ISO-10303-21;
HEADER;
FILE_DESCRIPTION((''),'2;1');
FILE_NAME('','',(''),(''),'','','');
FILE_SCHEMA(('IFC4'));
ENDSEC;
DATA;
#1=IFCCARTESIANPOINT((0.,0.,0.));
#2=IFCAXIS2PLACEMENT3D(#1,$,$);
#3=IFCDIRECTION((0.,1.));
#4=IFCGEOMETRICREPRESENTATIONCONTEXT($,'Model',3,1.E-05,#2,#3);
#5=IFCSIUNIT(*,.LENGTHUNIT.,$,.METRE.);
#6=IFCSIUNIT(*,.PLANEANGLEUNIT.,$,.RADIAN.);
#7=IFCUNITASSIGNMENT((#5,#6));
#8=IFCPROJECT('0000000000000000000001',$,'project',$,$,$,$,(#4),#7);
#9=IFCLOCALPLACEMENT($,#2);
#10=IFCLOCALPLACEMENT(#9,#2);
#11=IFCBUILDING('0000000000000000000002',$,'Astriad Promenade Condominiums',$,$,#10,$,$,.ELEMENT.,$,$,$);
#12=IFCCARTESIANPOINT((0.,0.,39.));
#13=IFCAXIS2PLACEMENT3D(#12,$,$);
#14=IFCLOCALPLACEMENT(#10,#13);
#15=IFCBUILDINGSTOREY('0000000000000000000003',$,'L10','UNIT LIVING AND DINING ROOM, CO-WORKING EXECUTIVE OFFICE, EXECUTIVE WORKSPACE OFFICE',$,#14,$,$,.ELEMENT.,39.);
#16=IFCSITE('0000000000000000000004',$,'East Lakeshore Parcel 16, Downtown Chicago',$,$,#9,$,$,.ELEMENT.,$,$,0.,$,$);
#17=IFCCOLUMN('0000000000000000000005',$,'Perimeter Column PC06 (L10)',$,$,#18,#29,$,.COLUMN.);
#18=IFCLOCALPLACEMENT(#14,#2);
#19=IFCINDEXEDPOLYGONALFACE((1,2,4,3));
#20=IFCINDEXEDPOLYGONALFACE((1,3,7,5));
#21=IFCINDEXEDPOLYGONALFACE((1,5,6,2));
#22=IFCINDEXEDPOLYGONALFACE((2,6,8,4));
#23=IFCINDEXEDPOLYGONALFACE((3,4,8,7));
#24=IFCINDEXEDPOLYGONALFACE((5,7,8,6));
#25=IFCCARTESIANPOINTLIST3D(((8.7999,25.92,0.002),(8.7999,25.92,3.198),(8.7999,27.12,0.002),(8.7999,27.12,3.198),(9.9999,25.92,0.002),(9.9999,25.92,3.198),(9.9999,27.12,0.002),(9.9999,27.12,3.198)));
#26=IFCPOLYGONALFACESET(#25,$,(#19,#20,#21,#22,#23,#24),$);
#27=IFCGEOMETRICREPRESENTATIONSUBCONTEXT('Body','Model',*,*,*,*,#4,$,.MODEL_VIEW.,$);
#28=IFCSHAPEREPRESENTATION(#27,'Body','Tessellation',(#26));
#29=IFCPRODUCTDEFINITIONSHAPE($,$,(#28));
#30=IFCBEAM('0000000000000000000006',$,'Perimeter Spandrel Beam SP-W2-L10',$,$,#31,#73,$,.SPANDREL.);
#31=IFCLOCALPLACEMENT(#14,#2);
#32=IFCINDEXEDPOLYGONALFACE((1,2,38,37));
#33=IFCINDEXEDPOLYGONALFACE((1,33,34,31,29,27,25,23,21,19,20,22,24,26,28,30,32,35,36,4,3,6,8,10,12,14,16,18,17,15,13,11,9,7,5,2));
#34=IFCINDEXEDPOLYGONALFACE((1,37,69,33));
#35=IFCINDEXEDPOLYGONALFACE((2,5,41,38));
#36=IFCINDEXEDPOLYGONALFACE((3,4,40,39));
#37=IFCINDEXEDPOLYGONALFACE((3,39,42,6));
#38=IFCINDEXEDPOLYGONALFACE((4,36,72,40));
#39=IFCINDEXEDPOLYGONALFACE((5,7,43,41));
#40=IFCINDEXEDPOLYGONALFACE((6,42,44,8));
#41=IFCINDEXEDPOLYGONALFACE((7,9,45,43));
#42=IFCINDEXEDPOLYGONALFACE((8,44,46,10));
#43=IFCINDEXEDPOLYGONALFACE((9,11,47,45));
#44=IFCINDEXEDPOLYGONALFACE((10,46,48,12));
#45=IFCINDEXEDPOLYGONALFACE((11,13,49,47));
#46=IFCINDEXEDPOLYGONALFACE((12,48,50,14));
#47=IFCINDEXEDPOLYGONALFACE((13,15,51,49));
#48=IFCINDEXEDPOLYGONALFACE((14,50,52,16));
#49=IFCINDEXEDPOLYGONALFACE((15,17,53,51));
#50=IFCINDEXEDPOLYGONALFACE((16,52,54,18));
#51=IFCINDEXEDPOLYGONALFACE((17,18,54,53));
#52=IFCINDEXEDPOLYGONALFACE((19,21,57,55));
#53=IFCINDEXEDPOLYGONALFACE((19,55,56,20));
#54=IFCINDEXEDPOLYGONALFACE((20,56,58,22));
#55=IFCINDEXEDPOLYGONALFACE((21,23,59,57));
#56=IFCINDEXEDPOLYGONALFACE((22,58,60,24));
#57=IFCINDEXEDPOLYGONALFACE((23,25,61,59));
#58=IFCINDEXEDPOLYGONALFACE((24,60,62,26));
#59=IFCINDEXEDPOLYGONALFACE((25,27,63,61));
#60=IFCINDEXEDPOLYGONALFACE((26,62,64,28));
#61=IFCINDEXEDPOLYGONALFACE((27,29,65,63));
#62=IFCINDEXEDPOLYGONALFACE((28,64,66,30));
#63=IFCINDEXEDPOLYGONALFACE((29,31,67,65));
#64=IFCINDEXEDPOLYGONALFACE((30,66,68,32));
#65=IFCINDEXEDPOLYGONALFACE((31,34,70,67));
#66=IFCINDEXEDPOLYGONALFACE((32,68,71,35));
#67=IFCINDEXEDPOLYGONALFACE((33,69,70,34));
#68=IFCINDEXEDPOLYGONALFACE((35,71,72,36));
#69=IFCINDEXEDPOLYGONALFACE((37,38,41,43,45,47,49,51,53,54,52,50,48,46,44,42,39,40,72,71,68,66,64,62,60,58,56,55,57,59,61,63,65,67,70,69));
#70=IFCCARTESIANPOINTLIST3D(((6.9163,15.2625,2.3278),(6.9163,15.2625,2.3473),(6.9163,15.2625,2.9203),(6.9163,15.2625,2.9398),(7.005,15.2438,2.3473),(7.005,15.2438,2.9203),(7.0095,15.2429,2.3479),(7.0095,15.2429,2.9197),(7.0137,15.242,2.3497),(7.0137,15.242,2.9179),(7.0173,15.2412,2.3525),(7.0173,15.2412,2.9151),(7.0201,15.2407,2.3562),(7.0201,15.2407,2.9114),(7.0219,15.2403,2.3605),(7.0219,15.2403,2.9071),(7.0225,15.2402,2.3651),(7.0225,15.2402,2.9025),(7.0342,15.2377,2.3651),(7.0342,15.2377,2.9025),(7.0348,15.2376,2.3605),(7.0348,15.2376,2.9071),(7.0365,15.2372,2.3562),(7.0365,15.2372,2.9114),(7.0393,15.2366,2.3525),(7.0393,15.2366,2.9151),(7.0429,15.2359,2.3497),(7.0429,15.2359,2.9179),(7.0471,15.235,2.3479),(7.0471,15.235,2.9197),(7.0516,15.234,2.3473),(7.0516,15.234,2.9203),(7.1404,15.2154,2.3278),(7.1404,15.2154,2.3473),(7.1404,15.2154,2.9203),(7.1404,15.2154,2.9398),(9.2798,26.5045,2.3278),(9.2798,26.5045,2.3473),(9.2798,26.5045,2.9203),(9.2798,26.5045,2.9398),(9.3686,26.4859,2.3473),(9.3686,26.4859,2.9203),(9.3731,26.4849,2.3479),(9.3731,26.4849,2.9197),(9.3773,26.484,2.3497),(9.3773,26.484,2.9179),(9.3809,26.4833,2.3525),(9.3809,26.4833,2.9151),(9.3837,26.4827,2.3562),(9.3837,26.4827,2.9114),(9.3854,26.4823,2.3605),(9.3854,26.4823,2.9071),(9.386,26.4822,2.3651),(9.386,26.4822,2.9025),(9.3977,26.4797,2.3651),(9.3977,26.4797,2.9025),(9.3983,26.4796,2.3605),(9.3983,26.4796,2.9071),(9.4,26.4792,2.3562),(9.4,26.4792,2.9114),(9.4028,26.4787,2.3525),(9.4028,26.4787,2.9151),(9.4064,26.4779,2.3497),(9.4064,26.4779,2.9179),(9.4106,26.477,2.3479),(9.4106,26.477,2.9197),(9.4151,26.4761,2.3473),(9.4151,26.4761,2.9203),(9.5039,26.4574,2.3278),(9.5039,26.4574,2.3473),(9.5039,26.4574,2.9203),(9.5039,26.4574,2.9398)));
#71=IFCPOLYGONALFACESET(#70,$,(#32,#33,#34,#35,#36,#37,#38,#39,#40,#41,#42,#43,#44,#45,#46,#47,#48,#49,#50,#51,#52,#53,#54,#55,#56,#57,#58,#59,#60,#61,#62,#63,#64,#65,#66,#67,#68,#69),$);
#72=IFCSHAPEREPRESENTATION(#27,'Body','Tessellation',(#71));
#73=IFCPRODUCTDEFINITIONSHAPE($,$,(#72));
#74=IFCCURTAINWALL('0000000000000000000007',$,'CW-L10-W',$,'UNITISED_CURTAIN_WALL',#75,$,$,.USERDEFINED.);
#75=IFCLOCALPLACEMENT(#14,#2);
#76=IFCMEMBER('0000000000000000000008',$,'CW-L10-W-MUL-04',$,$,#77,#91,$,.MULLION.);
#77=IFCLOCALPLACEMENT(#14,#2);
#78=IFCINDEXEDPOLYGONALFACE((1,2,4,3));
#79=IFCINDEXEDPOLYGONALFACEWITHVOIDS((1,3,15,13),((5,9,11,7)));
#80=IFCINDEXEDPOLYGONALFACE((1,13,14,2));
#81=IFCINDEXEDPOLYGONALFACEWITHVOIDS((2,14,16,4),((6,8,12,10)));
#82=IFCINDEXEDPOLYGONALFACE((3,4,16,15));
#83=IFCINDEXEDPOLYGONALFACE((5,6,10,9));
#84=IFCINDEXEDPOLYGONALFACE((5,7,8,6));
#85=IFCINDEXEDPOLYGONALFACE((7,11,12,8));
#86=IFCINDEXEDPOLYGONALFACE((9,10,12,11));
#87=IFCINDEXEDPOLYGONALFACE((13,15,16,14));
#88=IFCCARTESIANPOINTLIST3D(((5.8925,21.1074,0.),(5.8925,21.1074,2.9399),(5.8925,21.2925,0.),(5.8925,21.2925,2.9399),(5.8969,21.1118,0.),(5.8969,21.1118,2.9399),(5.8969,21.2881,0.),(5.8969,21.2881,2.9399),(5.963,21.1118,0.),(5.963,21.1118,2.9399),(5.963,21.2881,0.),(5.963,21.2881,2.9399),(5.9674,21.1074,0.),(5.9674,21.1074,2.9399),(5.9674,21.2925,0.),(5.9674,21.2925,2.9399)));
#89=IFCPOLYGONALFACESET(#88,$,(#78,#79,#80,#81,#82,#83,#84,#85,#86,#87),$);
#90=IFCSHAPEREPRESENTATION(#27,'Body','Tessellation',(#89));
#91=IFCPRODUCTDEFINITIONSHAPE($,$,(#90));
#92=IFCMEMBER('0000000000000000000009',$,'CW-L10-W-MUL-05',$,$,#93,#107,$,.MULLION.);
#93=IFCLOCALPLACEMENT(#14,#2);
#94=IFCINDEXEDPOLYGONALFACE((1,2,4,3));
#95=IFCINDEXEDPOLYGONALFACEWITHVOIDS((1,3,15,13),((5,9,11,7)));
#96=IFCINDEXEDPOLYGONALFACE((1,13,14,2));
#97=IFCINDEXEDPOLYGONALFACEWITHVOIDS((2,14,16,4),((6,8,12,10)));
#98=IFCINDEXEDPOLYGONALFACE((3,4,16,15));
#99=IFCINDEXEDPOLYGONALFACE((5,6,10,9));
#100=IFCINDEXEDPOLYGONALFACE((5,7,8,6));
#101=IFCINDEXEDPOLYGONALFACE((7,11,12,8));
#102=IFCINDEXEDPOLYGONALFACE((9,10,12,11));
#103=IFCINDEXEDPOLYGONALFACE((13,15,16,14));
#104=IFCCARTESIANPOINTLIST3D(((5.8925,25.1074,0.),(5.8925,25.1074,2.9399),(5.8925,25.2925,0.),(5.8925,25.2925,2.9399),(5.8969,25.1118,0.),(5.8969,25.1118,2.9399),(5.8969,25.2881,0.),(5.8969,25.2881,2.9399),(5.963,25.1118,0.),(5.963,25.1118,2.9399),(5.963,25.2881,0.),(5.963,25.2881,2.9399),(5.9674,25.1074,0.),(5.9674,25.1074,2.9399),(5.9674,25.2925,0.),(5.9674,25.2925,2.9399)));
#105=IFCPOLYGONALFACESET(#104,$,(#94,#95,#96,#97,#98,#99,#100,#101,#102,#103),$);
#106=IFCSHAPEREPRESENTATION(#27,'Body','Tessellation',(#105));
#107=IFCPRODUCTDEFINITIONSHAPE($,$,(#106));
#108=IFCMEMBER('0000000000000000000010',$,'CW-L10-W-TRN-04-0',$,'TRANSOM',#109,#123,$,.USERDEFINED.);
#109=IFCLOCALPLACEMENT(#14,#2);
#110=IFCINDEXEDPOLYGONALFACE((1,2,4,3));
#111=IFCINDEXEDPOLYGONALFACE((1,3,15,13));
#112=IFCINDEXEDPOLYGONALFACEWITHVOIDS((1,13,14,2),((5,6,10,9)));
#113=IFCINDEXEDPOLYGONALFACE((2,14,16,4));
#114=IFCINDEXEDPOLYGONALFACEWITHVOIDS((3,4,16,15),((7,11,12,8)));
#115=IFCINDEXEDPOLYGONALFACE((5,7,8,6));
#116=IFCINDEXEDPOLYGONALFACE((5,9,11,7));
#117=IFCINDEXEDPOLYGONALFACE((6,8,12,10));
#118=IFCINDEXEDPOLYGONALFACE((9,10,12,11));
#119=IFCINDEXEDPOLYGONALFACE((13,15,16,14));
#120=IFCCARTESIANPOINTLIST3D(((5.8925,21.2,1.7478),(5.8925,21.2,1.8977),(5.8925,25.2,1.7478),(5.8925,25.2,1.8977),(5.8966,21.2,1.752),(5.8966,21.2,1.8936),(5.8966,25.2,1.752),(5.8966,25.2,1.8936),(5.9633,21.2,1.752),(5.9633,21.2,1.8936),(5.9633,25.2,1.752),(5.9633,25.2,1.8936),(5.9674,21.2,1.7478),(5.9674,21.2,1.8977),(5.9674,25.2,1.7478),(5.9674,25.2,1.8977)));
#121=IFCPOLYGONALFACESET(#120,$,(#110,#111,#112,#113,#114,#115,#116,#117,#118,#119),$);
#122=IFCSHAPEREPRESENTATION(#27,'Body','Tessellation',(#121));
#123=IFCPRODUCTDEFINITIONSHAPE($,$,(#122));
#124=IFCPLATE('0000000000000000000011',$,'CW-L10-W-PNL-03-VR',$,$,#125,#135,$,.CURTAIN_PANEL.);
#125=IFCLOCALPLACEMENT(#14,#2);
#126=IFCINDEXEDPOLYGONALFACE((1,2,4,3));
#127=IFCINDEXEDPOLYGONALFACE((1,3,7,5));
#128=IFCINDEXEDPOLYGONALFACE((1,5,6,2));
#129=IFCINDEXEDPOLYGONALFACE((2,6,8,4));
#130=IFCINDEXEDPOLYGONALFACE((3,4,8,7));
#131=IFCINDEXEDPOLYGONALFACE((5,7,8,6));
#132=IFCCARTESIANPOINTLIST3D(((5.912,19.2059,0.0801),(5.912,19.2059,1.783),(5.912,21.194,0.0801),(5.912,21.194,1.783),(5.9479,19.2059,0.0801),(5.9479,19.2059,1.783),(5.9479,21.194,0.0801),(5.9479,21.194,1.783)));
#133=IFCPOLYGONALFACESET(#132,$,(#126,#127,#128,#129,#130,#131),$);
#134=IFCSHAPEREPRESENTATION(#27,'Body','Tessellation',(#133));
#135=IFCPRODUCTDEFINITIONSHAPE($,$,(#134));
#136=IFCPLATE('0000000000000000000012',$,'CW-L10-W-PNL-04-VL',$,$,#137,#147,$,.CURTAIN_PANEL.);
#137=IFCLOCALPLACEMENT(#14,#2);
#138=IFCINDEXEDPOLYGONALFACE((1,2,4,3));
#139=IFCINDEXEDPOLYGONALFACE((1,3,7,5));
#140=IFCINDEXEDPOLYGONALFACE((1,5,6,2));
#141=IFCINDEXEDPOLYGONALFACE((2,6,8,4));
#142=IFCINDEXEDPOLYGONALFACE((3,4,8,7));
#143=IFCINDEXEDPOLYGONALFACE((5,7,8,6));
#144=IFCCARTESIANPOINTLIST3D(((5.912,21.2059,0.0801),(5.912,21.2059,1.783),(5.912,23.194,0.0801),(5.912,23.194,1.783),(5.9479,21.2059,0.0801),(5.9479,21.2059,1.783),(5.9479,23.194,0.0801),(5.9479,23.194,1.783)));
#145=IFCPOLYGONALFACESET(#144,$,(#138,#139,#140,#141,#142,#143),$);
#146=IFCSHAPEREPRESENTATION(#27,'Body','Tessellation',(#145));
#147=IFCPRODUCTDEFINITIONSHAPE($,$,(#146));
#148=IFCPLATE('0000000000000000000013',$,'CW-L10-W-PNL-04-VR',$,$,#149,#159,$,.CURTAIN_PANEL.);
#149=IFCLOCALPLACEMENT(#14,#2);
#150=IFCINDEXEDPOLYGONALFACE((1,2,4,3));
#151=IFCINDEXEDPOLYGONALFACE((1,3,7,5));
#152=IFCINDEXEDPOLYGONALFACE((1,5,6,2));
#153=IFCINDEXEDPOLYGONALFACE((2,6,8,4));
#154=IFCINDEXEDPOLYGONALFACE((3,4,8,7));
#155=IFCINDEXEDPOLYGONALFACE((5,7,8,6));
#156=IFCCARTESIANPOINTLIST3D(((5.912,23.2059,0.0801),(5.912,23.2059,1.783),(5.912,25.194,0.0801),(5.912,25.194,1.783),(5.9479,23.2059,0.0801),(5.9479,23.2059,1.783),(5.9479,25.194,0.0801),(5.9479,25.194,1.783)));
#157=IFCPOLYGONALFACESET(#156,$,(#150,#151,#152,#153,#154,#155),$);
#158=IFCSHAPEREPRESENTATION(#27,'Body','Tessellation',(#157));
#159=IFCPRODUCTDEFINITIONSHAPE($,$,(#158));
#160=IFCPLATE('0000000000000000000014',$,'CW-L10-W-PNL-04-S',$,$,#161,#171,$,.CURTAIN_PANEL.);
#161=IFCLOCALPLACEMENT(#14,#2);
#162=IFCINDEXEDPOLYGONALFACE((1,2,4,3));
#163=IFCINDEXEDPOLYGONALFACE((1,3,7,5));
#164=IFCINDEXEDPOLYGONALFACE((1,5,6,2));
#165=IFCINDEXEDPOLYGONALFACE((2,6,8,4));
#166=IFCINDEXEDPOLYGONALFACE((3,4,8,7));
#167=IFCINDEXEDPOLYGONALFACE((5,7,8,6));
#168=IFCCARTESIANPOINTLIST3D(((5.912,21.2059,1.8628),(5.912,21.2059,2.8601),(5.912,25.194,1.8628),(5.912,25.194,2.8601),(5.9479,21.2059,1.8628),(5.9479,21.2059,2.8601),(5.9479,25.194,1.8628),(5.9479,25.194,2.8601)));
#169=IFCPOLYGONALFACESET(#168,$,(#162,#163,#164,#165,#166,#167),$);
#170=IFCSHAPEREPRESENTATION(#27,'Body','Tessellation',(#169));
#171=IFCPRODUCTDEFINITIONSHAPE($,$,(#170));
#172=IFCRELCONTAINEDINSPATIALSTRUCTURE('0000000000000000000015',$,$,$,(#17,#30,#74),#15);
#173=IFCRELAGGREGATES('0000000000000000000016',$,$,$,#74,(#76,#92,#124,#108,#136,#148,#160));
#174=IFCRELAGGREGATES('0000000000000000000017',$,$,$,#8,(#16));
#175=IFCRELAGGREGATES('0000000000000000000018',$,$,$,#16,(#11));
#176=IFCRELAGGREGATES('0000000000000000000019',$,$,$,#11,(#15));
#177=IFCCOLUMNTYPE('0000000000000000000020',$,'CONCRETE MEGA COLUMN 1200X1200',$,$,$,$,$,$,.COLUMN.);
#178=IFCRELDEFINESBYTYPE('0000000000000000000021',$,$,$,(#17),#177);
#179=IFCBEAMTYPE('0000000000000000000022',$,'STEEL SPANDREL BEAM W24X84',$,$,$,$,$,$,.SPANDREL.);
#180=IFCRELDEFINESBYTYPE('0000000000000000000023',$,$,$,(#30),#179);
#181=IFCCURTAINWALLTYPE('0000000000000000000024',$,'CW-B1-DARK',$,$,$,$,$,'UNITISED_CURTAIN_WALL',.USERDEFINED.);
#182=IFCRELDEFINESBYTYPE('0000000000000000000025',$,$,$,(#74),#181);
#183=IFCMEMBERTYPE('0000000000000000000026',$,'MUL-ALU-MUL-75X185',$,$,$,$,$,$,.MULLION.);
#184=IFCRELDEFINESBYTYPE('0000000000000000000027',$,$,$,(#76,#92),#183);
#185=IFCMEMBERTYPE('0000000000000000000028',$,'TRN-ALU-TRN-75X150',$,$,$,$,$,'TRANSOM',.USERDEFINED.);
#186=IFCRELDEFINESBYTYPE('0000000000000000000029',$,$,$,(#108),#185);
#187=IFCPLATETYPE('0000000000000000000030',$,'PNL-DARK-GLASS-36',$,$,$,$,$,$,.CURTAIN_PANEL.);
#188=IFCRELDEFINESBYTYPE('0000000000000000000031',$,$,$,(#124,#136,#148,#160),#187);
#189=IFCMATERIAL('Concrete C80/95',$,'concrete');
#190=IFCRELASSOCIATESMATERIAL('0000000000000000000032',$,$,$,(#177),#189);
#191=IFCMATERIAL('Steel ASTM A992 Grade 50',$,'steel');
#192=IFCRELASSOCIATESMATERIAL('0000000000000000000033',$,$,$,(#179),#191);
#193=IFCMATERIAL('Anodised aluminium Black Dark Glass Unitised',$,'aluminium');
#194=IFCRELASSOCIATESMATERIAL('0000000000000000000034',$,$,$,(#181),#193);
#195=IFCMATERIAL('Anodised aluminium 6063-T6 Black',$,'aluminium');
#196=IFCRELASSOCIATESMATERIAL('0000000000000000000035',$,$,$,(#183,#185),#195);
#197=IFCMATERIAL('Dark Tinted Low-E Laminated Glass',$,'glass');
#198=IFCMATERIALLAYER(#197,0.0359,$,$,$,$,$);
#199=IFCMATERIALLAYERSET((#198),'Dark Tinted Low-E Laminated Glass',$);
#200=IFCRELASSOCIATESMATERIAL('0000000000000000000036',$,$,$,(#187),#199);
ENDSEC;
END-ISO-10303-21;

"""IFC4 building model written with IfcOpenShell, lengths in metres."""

from ifc_helpers import new_model, si_unit, direction, frame, origin, origin_2d, place, context, subcontext, project, spatial, rectangle, hollow_rectangle, i_section, extrude, source, transform, mapped, material, layer, layer_set, material_profile, profile_set, type_object, type_shapes, element, aggregate, save


model = new_model("IFC4")

# Units and contexts
model_context = context("Model", 3, precision=1e-05, world=origin(), true_north=direction((0.0, 1.0)))
body_context = subcontext(model_context, "Body", "Model", "MODEL_VIEW")
ifc_project = project(units=[si_unit("LENGTHUNIT", "METRE"), si_unit("PLANEANGLEUNIT", "RADIAN")], contexts=[model_context])

# Site, building, storey
site_placement = place(None, origin())
site = spatial("IfcSite", under=ifc_project, at=site_placement, Name="East Lakeshore Parcel 16, Downtown Chicago", CompositionType="ELEMENT", RefElevation=0.0)
building_placement = place(site_placement, origin())
building = spatial("IfcBuilding", under=site, at=building_placement, Name="Astriad Promenade Condominiums", CompositionType="ELEMENT")
storey_placement = place(building_placement, frame((0.0, 0.0, 39.0)))
storey = spatial("IfcBuildingStorey", under=building, at=storey_placement, Name="L10", Description="UNIT LIVING AND DINING ROOM, CO-WORKING EXECUTIVE OFFICE, EXECUTIVE WORKSPACE OFFICE", CompositionType="ELEMENT", Elevation=39.0)

# Column
ifc_material_1 = material(Name="Concrete C80/95", Category="concrete")
ifc_material_profile_1 = material_profile(ifc_material_1, rectangle(XDim=1.2, YDim=1.2, at=origin_2d()), Name="RC-COL-1200X1200")
ifc_profile_set_1 = profile_set([ifc_material_profile_1], Name="Concrete C80/95")
column_type = type_object("IfcColumnType", Name="CONCRETE MEGA COLUMN 1200X1200", PredefinedType="COLUMN", material=ifc_profile_set_1)
shared_shape_1 = source(origin(), body_context, "Body", "SweptSolid", [
    extrude(rectangle(XDim=1.2, YDim=1.2, at=origin_2d()), origin(), (0.0, 0.0, 1.0), 3.196),
])
type_shapes(column_type, [shared_shape_1])
column_placement = place(storey_placement, frame((9.3999, 26.52, 0.002), z_axis=(0.0, 0.0, 1.0), x_axis=(1.0, 0.0, 0.0)))
element("IfcColumn", 1, at=column_placement, inside=storey, type_object=column_type, Name="Perimeter Column PC06 (L10)", PredefinedType="COLUMN", context=body_context, shape_type="MappedRepresentation", body=[
    mapped(shared_shape_1, transform((0.0, 0.0, 0.0), scale=1.0)),
])

# Beam
ifc_material_2 = material(Name="Steel ASTM A992 Grade 50", Category="steel")
ifc_material_profile_2 = material_profile(ifc_material_2, i_section(OverallWidth=0.229, OverallDepth=0.6121, WebThickness=0.012, FlangeThickness=0.0195, FilletRadius=0.0178, at=origin_2d()), Name="W24X84")
ifc_profile_set_2 = profile_set([ifc_material_profile_2], Name="Steel ASTM A992 Grade 50")
beam_type = type_object("IfcBeamType", Name="STEEL SPANDREL BEAM W24X84", PredefinedType="SPANDREL", material=ifc_profile_set_2)
shared_shape_2 = source(origin(), body_context, "Body", "SweptSolid", [
    extrude(i_section(OverallWidth=0.229, OverallDepth=0.6121, WebThickness=0.012, FlangeThickness=0.0195, FilletRadius=0.0178, at=origin_2d()), origin(), (0.0, 0.0, 1.0), 11.4878),
])
type_shapes(beam_type, [shared_shape_2])
beam_placement = place(storey_placement, frame((9.3918, 26.481, 2.6338), z_axis=(-0.205744, -0.978606, 0.0), x_axis=(0.978606, -0.205744, 0.0)))
element("IfcBeam", 2, at=beam_placement, inside=storey, type_object=beam_type, Name="Perimeter Spandrel Beam SP-W2-L10", PredefinedType="SPANDREL", context=body_context, shape_type="MappedRepresentation", body=[
    mapped(shared_shape_2, transform((0.0, 0.0, 0.0), scale=1.0)),
])

# Curtain wall, members, plates
ifc_material_3 = material(Name="Anodised aluminium Black Dark Glass Unitised", Category="aluminium")
curtain_wall_type = type_object("IfcCurtainWallType", Name="CW-B1-DARK", ElementType="UNITISED_CURTAIN_WALL", PredefinedType="USERDEFINED", material=ifc_material_3)
curtain_wall_placement = place(storey_placement, origin())
curtain_wall = element("IfcCurtainWall", 3, at=curtain_wall_placement, inside=storey, type_object=curtain_wall_type, Name="CW-L10-W", ObjectType="UNITISED_CURTAIN_WALL", PredefinedType="USERDEFINED")
ifc_material_4 = material(Name="Anodised aluminium 6063-T6 Black", Category="aluminium")
ifc_material_profile_3 = material_profile(ifc_material_4, hollow_rectangle(XDim=0.075, YDim=0.1851, WallThickness=0.0044, at=origin_2d()), Name="ALU-MUL-75X185")
ifc_profile_set_3 = profile_set([ifc_material_profile_3], Name="Anodised aluminium 6063-T6 Black")
member_type_1 = type_object("IfcMemberType", Name="MUL-ALU-MUL-75X185", PredefinedType="MULLION", material=ifc_profile_set_3)
shared_shape_3 = source(origin(), body_context, "Body", "SweptSolid", [
    extrude(hollow_rectangle(XDim=0.075, YDim=0.1851, WallThickness=0.0044, at=origin_2d()), origin(), (0.0, 0.0, 1.0), 2.9399),
])
type_shapes(member_type_1, [shared_shape_3])
member_1_placement = place(storey_placement, frame((5.9299, 21.2, 0.0), z_axis=(0.0, 0.0, 1.0), x_axis=(1.0, 0.0, 0.0)))
member_1 = element("IfcMember", 4, at=member_1_placement, type_object=member_type_1, Name="CW-L10-W-MUL-04", PredefinedType="MULLION", context=body_context, shape_type="MappedRepresentation", body=[
    mapped(shared_shape_3, transform((0.0, 0.0, 0.0), scale=1.0)),
])
member_2_placement = place(storey_placement, frame((5.9299, 25.2, 0.0), z_axis=(0.0, 0.0, 1.0), x_axis=(1.0, 0.0, 0.0)))
member_2 = element("IfcMember", 5, at=member_2_placement, type_object=member_type_1, Name="CW-L10-W-MUL-05", PredefinedType="MULLION", context=body_context, shape_type="MappedRepresentation", body=[
    mapped(shared_shape_3, transform((0.0, 0.0, 0.0), scale=1.0)),
])
ifc_material_profile_4 = material_profile(ifc_material_4, hollow_rectangle(XDim=0.075, YDim=0.1499, WallThickness=0.0042, at=origin_2d()), Name="ALU-TRN-75X150")
ifc_profile_set_4 = profile_set([ifc_material_profile_4], Name="Anodised aluminium 6063-T6 Black")
member_type_2 = type_object("IfcMemberType", Name="TRN-ALU-TRN-75X150", ElementType="TRANSOM", PredefinedType="USERDEFINED", material=ifc_profile_set_4)
shared_shape_4 = source(origin(), body_context, "Body", "SweptSolid", [
    extrude(hollow_rectangle(XDim=0.075, YDim=0.1499, WallThickness=0.0042, at=origin_2d()), origin(), (0.0, 0.0, 1.0), 4.0),
])
type_shapes(member_type_2, [shared_shape_4])
member_3_placement = place(storey_placement, frame((5.9299, 21.2, 1.8228), z_axis=(0.0, 1.0, 0.0), x_axis=(-1.0, 0.0, 0.0)))
member_3 = element("IfcMember", 6, at=member_3_placement, type_object=member_type_2, Name="CW-L10-W-TRN-04-0", ObjectType="TRANSOM", PredefinedType="USERDEFINED", context=body_context, shape_type="MappedRepresentation", body=[
    mapped(shared_shape_4, transform((0.0, 0.0, 0.0), scale=1.0)),
])
ifc_material_5 = material(Name="Dark Tinted Low-E Laminated Glass", Category="glass")
ifc_layer_1 = layer(ifc_material_5, 0.0359)
ifc_layer_set_1 = layer_set([ifc_layer_1], Name="Dark Tinted Low-E Laminated Glass")
plate_type = type_object("IfcPlateType", Name="PNL-DARK-GLASS-36", PredefinedType="CURTAIN_PANEL", material=ifc_layer_set_1)
shared_shape_5 = source(origin(), body_context, "Body", "SweptSolid", [
    extrude(rectangle(XDim=1.988, YDim=0.0359, at=origin_2d()), origin(), (0.0, 0.0, 1.0), 1.7029),
])
plate_1_placement = place(storey_placement, frame((5.9299, 20.2, 0.0801), z_axis=(0.0, 0.0, 1.0), x_axis=(0.0, 1.0, 0.0)))
plate_1 = element("IfcPlate", 7, at=plate_1_placement, type_object=plate_type, Name="CW-L10-W-PNL-03-VR", PredefinedType="CURTAIN_PANEL", context=body_context, shape_type="MappedRepresentation", body=[
    mapped(shared_shape_5, transform((0.0, 0.0, 0.0), scale=1.0)),
])
plate_2_placement = place(storey_placement, frame((5.9299, 22.2, 0.0801), z_axis=(0.0, 0.0, 1.0), x_axis=(0.0, 1.0, 0.0)))
plate_2 = element("IfcPlate", 8, at=plate_2_placement, type_object=plate_type, Name="CW-L10-W-PNL-04-VL", PredefinedType="CURTAIN_PANEL", context=body_context, shape_type="MappedRepresentation", body=[
    mapped(shared_shape_5, transform((0.0, 0.0, 0.0), scale=1.0)),
])
plate_3_placement = place(storey_placement, frame((5.9299, 24.2, 0.0801), z_axis=(0.0, 0.0, 1.0), x_axis=(0.0, 1.0, 0.0)))
plate_3 = element("IfcPlate", 9, at=plate_3_placement, type_object=plate_type, Name="CW-L10-W-PNL-04-VR", PredefinedType="CURTAIN_PANEL", context=body_context, shape_type="MappedRepresentation", body=[
    mapped(shared_shape_5, transform((0.0, 0.0, 0.0), scale=1.0)),
])
shared_shape_6 = source(origin(), body_context, "Body", "SweptSolid", [
    extrude(rectangle(XDim=3.988, YDim=0.0359, at=origin_2d()), origin(), (0.0, 0.0, 1.0), 0.9973),
])
type_shapes(plate_type, [shared_shape_5, shared_shape_6])
plate_4_placement = place(storey_placement, frame((5.9299, 23.2, 1.8628), z_axis=(0.0, 0.0, 1.0), x_axis=(0.0, 1.0, 0.0)))
plate_4 = element("IfcPlate", 10, at=plate_4_placement, type_object=plate_type, Name="CW-L10-W-PNL-04-S", PredefinedType="CURTAIN_PANEL", context=body_context, shape_type="MappedRepresentation", body=[
    mapped(shared_shape_6, transform((0.0, 0.0, 0.0), scale=1.0)),
])
aggregate(curtain_wall, [member_1, member_2, plate_1, member_3, plate_2, plate_3, plate_4])

save(model, "model.ifc")
